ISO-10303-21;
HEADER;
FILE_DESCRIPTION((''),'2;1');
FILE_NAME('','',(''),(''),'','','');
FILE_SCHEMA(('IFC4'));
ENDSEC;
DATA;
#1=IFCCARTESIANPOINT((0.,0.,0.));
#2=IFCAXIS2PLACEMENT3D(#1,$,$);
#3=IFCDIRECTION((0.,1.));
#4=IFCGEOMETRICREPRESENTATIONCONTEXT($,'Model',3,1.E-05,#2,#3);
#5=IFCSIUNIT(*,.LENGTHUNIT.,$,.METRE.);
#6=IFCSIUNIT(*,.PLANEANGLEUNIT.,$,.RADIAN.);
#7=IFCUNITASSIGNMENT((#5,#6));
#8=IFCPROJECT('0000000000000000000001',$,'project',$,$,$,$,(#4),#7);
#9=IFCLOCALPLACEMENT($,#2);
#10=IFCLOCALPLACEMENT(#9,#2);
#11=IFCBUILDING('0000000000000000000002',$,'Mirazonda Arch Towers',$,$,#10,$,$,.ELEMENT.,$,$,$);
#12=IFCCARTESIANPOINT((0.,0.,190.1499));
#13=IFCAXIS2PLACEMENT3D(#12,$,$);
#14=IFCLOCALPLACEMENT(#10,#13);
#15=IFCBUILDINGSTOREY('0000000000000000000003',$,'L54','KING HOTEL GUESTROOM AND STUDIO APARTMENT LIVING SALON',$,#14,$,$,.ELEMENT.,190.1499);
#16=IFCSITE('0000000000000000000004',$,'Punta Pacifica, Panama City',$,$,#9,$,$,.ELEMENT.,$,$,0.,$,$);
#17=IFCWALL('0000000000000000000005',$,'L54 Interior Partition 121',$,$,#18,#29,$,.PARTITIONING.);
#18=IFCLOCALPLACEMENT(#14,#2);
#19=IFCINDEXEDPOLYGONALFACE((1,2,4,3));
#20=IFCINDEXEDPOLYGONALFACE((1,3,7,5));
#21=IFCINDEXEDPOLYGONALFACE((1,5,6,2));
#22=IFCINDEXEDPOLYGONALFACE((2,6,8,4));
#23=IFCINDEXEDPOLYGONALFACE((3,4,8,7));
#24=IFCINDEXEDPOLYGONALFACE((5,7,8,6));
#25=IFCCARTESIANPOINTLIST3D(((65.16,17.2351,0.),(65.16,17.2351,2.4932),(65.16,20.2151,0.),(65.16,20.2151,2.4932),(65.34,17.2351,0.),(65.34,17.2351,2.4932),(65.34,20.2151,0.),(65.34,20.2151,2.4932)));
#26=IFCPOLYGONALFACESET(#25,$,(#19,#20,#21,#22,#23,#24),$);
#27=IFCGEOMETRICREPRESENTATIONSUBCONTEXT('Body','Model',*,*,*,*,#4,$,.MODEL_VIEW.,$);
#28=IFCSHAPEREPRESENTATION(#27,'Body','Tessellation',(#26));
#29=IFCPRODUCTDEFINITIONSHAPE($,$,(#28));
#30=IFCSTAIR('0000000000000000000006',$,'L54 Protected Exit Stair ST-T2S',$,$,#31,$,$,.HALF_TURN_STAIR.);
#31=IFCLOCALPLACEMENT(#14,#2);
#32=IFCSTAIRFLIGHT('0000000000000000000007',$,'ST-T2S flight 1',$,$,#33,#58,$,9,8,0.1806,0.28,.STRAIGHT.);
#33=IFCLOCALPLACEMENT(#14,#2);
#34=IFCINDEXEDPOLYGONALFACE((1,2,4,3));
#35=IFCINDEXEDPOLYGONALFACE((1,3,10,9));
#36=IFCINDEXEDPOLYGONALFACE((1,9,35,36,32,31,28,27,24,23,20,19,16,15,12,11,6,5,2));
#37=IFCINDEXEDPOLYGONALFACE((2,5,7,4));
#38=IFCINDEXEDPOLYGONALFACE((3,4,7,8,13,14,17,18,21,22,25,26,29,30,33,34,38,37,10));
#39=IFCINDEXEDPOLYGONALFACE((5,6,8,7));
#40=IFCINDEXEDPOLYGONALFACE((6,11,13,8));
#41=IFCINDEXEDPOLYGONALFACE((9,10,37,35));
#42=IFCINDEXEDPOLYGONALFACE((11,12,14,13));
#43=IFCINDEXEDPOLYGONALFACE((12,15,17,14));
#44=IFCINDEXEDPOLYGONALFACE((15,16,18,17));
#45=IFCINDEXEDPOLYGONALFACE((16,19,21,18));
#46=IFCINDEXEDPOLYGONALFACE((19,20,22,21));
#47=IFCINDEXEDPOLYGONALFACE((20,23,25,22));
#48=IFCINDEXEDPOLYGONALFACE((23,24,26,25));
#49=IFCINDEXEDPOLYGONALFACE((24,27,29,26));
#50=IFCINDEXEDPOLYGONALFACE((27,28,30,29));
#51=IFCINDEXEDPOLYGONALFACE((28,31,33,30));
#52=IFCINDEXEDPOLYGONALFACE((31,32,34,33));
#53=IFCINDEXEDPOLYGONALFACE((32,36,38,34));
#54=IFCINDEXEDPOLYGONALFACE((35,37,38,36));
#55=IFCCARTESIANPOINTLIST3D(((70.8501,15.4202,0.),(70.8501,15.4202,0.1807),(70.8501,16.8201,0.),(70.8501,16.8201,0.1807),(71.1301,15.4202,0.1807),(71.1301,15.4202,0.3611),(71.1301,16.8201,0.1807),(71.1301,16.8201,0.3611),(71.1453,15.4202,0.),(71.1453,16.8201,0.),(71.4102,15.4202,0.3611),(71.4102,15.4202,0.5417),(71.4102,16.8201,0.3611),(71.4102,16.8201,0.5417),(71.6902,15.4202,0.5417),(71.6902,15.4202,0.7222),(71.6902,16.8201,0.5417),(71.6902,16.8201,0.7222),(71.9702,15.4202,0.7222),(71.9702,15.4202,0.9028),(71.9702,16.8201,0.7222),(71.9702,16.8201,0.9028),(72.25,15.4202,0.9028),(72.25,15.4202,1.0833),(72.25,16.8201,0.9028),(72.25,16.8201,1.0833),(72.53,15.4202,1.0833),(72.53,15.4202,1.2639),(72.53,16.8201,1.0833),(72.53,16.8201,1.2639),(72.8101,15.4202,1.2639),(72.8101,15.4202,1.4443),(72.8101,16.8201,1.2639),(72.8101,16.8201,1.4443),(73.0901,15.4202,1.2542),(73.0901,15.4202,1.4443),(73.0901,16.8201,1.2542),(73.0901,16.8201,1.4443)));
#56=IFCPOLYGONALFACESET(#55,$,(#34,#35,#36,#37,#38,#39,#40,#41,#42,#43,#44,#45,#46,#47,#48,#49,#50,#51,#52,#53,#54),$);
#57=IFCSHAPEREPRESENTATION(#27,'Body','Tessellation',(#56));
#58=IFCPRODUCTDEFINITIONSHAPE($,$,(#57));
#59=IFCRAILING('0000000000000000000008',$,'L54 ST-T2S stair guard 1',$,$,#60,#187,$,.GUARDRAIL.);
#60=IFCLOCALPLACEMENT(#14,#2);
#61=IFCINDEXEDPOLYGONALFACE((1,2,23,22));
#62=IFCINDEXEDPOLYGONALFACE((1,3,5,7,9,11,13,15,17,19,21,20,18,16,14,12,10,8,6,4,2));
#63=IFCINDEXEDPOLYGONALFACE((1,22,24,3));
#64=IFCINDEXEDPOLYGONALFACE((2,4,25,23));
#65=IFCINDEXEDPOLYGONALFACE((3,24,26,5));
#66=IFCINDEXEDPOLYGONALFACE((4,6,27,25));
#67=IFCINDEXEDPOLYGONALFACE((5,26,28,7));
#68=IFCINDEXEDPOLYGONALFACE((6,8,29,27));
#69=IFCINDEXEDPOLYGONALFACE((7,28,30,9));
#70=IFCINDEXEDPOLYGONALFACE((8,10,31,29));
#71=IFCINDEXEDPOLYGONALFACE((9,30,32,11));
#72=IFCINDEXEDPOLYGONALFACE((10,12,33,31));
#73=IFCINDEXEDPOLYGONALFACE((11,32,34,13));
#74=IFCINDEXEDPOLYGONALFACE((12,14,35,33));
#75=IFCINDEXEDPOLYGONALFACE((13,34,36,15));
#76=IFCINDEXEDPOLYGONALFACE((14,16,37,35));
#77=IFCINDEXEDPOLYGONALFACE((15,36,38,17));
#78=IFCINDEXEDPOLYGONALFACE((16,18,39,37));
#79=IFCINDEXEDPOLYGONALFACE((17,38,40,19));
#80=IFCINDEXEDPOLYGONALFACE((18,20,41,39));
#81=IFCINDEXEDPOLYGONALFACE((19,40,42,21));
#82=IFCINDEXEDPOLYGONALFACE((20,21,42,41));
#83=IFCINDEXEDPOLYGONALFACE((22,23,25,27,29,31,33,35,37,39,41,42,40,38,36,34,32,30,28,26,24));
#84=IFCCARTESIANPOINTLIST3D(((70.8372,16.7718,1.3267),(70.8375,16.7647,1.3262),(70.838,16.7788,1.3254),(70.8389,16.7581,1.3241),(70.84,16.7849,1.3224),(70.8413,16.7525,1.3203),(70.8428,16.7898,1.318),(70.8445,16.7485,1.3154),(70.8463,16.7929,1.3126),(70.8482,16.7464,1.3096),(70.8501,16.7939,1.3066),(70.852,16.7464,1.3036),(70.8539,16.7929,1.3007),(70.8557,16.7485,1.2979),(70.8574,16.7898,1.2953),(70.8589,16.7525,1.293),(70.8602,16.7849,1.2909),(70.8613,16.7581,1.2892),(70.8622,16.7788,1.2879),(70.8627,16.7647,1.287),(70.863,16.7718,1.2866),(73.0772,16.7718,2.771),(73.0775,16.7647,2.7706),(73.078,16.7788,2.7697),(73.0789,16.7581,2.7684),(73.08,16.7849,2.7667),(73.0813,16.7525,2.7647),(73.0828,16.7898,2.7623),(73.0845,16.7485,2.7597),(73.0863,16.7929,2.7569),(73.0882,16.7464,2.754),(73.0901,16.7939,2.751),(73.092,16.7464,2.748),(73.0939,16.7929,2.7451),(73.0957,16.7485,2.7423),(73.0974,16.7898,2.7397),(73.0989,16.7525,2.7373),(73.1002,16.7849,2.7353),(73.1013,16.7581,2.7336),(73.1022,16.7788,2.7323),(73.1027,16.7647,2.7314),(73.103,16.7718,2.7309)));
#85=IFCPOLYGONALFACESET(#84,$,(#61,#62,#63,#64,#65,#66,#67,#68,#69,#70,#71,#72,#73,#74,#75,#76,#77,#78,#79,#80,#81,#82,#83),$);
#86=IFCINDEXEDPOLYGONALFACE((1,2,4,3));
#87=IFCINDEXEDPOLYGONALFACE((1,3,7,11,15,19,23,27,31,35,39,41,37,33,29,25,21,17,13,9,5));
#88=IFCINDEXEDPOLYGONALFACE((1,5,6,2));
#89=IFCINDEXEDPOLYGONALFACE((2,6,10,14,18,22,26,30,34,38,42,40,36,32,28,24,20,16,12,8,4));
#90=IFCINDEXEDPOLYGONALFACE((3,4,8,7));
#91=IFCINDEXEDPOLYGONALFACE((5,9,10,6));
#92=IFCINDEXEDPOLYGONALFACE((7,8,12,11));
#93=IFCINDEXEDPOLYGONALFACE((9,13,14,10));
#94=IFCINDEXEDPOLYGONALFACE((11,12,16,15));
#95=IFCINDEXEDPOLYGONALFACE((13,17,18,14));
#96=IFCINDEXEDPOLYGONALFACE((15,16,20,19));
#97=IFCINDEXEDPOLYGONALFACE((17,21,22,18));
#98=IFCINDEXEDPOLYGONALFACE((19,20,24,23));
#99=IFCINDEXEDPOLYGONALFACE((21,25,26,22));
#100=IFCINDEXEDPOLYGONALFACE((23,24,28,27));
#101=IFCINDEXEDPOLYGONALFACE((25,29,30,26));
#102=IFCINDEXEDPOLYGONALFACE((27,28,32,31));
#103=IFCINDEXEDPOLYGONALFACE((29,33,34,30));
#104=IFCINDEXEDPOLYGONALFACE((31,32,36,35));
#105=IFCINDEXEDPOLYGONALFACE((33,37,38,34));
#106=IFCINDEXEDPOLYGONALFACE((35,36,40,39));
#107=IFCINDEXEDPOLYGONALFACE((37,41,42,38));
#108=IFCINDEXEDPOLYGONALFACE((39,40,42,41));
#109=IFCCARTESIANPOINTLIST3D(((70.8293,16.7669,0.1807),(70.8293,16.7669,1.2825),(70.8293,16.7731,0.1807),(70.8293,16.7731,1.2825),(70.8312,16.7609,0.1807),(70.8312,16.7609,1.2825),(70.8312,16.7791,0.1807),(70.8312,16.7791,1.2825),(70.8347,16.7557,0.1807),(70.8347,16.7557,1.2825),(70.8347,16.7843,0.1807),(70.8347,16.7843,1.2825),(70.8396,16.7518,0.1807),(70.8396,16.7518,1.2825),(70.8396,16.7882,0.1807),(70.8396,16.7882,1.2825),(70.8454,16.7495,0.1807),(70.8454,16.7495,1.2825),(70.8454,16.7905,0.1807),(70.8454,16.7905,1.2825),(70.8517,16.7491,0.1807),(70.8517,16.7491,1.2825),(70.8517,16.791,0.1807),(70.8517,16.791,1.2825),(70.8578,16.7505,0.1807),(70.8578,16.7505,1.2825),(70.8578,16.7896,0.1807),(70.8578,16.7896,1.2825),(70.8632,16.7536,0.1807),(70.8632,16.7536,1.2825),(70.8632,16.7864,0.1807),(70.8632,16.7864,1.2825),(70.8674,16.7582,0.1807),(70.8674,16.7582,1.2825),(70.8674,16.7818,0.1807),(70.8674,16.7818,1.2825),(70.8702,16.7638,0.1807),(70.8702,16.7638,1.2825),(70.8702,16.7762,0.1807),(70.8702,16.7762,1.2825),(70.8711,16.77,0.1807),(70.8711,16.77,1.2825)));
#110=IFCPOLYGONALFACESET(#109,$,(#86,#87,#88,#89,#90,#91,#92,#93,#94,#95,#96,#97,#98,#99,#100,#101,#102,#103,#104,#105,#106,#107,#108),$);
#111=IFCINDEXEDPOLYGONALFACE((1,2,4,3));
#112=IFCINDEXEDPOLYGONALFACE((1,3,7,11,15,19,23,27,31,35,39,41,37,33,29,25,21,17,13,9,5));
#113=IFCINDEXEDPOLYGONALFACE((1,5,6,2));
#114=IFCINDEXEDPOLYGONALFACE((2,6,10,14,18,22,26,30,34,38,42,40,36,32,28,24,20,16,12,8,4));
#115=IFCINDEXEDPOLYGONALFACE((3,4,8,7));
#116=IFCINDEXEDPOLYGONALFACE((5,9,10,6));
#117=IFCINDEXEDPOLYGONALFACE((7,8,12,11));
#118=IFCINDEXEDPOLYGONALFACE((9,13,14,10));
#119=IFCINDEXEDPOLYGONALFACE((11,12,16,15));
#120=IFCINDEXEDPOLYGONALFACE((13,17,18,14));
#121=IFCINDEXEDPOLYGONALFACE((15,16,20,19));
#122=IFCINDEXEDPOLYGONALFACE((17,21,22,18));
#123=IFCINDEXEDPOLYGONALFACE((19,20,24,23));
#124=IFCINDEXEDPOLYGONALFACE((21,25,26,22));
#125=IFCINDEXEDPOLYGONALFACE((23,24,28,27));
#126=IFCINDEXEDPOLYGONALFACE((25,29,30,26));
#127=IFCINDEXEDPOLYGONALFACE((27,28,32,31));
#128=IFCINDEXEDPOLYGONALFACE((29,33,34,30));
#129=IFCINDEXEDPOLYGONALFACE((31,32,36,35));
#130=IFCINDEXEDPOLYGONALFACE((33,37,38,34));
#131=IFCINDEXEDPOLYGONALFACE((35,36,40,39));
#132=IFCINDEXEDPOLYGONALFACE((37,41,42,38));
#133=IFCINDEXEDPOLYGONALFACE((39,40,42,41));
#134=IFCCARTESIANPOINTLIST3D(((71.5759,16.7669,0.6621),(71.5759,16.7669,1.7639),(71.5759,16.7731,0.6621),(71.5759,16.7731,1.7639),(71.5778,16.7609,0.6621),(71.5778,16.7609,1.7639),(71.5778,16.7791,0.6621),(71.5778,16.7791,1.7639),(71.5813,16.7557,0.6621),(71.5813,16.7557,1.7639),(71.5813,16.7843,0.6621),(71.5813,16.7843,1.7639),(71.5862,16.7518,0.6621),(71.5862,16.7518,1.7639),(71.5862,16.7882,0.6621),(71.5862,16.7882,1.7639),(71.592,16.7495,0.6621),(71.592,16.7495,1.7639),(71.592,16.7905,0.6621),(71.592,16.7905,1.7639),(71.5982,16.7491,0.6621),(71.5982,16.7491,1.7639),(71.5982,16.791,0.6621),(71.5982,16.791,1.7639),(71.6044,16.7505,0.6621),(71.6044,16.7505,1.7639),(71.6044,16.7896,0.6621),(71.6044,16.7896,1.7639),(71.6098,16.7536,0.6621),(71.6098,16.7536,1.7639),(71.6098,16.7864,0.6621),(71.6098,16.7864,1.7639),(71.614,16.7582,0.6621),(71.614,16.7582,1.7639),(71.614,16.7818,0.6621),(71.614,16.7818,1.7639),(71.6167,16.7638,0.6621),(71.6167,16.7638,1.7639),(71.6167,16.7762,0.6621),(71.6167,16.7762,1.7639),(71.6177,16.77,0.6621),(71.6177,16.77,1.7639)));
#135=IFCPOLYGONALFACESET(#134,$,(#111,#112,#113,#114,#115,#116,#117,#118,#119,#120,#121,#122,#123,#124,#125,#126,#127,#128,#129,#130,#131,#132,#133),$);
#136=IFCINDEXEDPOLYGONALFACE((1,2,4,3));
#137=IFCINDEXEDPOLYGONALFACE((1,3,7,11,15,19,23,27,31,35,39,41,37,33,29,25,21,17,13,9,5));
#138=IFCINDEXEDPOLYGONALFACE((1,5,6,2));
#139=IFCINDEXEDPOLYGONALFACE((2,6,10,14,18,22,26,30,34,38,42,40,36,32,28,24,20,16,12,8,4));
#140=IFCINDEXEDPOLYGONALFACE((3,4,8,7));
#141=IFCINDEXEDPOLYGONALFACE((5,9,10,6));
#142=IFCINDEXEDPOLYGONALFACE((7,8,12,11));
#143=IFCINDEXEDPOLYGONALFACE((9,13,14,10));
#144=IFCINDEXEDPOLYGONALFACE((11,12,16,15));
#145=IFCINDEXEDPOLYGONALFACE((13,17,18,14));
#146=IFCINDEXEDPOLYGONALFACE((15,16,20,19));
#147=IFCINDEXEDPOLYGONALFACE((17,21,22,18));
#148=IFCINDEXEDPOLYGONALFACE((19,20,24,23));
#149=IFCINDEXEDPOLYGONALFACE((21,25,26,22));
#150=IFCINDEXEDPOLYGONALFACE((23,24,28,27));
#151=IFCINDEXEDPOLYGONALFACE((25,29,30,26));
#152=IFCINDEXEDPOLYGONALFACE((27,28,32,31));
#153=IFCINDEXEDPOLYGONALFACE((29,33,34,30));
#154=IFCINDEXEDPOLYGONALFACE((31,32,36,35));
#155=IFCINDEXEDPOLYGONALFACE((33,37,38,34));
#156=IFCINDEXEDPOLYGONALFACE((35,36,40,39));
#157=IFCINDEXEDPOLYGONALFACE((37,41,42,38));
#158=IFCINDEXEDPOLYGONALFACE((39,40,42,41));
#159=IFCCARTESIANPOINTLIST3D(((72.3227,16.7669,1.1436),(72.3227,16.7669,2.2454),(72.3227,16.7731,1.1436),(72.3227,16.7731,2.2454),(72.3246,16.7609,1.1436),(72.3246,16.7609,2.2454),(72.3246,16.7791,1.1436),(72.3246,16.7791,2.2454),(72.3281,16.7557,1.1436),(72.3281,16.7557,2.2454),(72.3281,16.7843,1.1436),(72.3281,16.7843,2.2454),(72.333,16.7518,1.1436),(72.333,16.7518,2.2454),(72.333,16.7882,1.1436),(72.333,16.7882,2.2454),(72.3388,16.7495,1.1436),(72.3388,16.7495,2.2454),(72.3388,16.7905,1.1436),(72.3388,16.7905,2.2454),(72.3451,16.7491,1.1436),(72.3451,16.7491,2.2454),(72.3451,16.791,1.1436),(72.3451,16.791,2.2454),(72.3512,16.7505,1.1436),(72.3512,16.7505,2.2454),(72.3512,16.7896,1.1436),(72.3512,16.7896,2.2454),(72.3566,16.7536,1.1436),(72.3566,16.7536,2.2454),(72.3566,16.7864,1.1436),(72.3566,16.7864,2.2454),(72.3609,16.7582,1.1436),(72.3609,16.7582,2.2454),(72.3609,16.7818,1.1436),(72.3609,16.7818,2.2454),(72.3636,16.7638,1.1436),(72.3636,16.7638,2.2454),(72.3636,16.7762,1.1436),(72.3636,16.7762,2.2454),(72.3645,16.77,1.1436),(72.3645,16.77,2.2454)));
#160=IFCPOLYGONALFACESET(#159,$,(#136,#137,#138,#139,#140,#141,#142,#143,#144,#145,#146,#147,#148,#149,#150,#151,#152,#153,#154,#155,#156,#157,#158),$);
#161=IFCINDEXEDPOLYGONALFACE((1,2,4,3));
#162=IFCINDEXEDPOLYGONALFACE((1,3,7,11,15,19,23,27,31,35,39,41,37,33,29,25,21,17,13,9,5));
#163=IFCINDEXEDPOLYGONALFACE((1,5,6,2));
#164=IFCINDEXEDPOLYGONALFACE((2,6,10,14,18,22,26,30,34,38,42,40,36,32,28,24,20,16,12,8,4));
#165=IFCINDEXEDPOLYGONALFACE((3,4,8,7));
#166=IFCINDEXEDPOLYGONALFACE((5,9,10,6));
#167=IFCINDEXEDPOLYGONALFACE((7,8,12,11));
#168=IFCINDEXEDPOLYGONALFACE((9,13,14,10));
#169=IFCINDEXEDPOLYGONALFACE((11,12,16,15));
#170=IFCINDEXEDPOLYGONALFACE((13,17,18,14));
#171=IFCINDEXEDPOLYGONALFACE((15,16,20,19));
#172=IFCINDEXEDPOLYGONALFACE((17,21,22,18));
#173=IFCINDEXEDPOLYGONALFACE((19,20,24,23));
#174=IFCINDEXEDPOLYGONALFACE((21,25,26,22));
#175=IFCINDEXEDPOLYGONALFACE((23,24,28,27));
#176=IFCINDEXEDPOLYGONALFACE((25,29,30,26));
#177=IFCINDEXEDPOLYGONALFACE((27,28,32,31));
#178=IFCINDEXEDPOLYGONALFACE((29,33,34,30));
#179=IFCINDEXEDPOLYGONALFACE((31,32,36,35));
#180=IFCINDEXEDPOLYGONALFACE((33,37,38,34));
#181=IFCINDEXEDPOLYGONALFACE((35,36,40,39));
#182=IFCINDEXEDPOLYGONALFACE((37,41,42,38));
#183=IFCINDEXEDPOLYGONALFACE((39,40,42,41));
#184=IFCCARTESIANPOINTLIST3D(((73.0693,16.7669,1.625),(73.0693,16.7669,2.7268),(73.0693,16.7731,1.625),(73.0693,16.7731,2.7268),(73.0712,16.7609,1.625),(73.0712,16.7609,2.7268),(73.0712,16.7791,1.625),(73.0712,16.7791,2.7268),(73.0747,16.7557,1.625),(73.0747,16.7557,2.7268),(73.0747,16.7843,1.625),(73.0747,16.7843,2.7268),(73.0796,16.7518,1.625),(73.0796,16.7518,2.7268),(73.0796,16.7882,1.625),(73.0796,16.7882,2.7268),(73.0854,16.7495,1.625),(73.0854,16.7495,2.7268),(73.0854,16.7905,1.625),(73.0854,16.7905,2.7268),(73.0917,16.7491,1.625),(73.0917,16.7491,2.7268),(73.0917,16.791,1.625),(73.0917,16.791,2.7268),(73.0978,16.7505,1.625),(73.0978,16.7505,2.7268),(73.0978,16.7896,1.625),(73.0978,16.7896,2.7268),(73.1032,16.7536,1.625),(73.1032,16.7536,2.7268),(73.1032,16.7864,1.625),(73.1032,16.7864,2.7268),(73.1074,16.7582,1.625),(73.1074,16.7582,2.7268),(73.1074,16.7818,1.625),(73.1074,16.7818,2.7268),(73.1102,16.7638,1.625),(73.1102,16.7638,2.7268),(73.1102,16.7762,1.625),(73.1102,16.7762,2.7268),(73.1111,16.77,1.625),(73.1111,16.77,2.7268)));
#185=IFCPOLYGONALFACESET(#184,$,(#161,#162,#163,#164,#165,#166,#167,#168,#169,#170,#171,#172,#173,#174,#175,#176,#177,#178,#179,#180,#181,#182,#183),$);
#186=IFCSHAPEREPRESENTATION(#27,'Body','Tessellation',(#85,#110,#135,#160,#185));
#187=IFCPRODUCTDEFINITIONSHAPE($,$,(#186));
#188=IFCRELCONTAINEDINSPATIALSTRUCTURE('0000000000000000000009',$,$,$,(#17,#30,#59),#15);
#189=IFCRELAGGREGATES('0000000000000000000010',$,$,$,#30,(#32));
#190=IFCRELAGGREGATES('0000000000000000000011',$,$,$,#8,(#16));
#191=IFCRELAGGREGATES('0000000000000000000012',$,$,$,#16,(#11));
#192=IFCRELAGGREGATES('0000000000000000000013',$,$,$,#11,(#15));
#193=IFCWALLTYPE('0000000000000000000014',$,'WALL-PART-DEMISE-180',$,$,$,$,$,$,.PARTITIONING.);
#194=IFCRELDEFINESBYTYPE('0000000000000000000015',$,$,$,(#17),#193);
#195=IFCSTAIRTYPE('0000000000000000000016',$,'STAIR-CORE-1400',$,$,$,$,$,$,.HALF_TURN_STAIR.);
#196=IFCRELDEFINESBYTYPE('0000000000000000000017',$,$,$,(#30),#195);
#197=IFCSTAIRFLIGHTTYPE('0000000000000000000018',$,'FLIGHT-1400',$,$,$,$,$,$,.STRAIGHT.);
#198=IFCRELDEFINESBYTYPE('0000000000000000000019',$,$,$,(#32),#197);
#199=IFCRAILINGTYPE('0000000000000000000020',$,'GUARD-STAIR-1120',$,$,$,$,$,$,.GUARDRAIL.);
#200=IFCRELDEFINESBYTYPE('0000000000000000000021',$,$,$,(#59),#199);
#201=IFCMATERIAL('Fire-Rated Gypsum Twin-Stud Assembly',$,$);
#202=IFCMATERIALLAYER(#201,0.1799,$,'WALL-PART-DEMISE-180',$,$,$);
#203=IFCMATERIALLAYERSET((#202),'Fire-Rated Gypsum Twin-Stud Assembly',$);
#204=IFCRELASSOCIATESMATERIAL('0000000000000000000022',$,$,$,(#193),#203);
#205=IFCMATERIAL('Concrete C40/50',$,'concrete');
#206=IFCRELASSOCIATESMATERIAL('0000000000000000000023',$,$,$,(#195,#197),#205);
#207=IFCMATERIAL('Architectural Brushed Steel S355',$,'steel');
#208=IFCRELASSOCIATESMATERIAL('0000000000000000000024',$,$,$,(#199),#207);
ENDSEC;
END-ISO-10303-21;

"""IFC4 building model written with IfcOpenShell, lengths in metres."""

from ifc_helpers import new_model, si_unit, direction, frame, frame_2d, origin, origin_2d, place, context, subcontext, project, spatial, polyline, rectangle, circle, outline, extrude, material, layer, layer_set, type_object, element, aggregate, save


model = new_model("IFC4")

# Units and contexts
model_context = context("Model", 3, precision=1e-05, world=origin(), true_north=direction((0.0, 1.0)))
body_context = subcontext(model_context, "Body", "Model", "MODEL_VIEW")
ifc_project = project(units=[si_unit("LENGTHUNIT", "METRE"), si_unit("PLANEANGLEUNIT", "RADIAN")], contexts=[model_context])

# Site, building, storey
site_placement = place(None, origin())
site = spatial("IfcSite", under=ifc_project, at=site_placement, Name="Punta Pacifica, Panama City", CompositionType="ELEMENT", RefElevation=0.0)
building_placement = place(site_placement, origin())
building = spatial("IfcBuilding", under=site, at=building_placement, Name="Mirazonda Arch Towers", CompositionType="ELEMENT")
storey_placement = place(building_placement, frame((0.0, 0.0, 190.1499)))
storey = spatial("IfcBuildingStorey", under=building, at=storey_placement, Name="L54", Description="KING HOTEL GUESTROOM AND STUDIO APARTMENT LIVING SALON", CompositionType="ELEMENT", Elevation=190.1499)

# Shared definitions
ifc_material_1 = material(Name="Architectural Brushed Steel S355", Category="steel")

# Wall
ifc_material_2 = material(Name="Fire-Rated Gypsum Twin-Stud Assembly")
ifc_layer_1 = layer(ifc_material_2, 0.1799, Name="WALL-PART-DEMISE-180")
ifc_layer_set_1 = layer_set([ifc_layer_1], Name="Fire-Rated Gypsum Twin-Stud Assembly")
wall_type_1 = type_object("IfcWallType", Name="WALL-PART-DEMISE-180", PredefinedType="PARTITIONING", material=ifc_layer_set_1)
wall_1_placement = place(storey_placement, frame((65.25, 17.2351, 0.0), z_axis=(0.0, 0.0, 1.0), x_axis=(0.0, 1.0, 0.0)))
element("IfcWall", 1, at=wall_1_placement, inside=storey, type_object=wall_type_1, Name="L54 Interior Partition 121", PredefinedType="PARTITIONING", context=body_context, shape_type="SweptSolid", body=[
    extrude(rectangle(XDim=2.98, YDim=0.1799, at=frame_2d((1.49, 0.0))), origin(), (0.0, 0.0, 1.0), 2.4932),
])

# Stair, stair flight
ifc_material_3 = material(Name="Concrete C40/50", Category="concrete")
stair_type = type_object("IfcStairType", Name="STAIR-CORE-1400", PredefinedType="HALF_TURN_STAIR", material=ifc_material_3)
stair_placement = place(storey_placement, origin())
stair = element("IfcStair", 2, at=stair_placement, inside=storey, type_object=stair_type, Name="L54 Protected Exit Stair ST-T2S", PredefinedType="HALF_TURN_STAIR")
stair_flight_type = type_object("IfcStairFlightType", Name="FLIGHT-1400", PredefinedType="STRAIGHT", material=ifc_material_3)
stair_flight_placement = place(storey_placement, frame((70.8501, 16.1201, 0.0), z_axis=(0.0, 0.0, 1.0), x_axis=(1.0, 0.0, 0.0)))
stair_flight = element("IfcStairFlight", 3, at=stair_flight_placement, type_object=stair_flight_type, Name="ST-T2S flight 1", NumberOfRisers=9, NumberOfTreads=8, PredefinedType="STRAIGHT", RiserHeight=0.1806, TreadLength=0.28, context=body_context, shape_type="SweptSolid", body=[
    extrude(outline(polyline([(0.0, 0.0), (0.0, 0.1807), (0.28, 0.1807), (0.28, 0.3611), (0.5601, 0.3611), (0.5601, 0.5417), (0.8401, 0.5417), (0.8401, 0.7222), (1.1201, 0.7222), (1.1201, 0.9028), (1.3999, 0.9028), (1.3999, 1.0833), (1.6799, 1.0833), (1.6799, 1.2639), (1.96, 1.2639), (1.96, 1.4443), (2.24, 1.4443), (2.24, 1.625), (2.24, 1.2542), (0.2952, 0.0), (0.0, 0.0)])), frame((0.0, 0.7, 0.0), z_axis=(0.0, -1.0, 0.0), x_axis=(1.0, 0.0, 0.0)), (0.0, 0.0, 1.0), 1.3999),
])
aggregate(stair, [stair_flight])

# Railing
railing_type_1 = type_object("IfcRailingType", Name="GUARD-STAIR-1120", PredefinedType="GUARDRAIL", material=ifc_material_1)
railing_1_placement = place(storey_placement, frame((70.8501, 16.77, 0.1807)))
element("IfcRailing", 4, at=railing_1_placement, inside=storey, type_object=railing_type_1, Name="L54 ST-T2S stair guard 1", PredefinedType="GUARDRAIL", context=body_context, shape_type="SweptSolid", body=[
    extrude(circle(Radius=0.0239, at=origin_2d()), frame((0.0, 0.0, 1.126), z_axis=(0.840437, 0.0, 0.54191), x_axis=(0.0, 1.0, 0.0)), (0.0, 0.0, 1.0), 2.6653),
    extrude(circle(Radius=0.021, at=origin_2d()), origin(), (0.0, 0.0, 1.0), 1.1018),
    extrude(circle(Radius=0.021, at=origin_2d()), frame((0.7466, 0.0, 0.4814)), (0.0, 0.0, 1.0), 1.1018),
    extrude(circle(Radius=0.021, at=origin_2d()), frame((1.4934, 0.0, 0.9629)), (0.0, 0.0, 1.0), 1.1018),
    extrude(circle(Radius=0.021, at=origin_2d()), frame((2.24, 0.0, 1.4443)), (0.0, 0.0, 1.0), 1.1018),
])

save(model, "model.ifc")
